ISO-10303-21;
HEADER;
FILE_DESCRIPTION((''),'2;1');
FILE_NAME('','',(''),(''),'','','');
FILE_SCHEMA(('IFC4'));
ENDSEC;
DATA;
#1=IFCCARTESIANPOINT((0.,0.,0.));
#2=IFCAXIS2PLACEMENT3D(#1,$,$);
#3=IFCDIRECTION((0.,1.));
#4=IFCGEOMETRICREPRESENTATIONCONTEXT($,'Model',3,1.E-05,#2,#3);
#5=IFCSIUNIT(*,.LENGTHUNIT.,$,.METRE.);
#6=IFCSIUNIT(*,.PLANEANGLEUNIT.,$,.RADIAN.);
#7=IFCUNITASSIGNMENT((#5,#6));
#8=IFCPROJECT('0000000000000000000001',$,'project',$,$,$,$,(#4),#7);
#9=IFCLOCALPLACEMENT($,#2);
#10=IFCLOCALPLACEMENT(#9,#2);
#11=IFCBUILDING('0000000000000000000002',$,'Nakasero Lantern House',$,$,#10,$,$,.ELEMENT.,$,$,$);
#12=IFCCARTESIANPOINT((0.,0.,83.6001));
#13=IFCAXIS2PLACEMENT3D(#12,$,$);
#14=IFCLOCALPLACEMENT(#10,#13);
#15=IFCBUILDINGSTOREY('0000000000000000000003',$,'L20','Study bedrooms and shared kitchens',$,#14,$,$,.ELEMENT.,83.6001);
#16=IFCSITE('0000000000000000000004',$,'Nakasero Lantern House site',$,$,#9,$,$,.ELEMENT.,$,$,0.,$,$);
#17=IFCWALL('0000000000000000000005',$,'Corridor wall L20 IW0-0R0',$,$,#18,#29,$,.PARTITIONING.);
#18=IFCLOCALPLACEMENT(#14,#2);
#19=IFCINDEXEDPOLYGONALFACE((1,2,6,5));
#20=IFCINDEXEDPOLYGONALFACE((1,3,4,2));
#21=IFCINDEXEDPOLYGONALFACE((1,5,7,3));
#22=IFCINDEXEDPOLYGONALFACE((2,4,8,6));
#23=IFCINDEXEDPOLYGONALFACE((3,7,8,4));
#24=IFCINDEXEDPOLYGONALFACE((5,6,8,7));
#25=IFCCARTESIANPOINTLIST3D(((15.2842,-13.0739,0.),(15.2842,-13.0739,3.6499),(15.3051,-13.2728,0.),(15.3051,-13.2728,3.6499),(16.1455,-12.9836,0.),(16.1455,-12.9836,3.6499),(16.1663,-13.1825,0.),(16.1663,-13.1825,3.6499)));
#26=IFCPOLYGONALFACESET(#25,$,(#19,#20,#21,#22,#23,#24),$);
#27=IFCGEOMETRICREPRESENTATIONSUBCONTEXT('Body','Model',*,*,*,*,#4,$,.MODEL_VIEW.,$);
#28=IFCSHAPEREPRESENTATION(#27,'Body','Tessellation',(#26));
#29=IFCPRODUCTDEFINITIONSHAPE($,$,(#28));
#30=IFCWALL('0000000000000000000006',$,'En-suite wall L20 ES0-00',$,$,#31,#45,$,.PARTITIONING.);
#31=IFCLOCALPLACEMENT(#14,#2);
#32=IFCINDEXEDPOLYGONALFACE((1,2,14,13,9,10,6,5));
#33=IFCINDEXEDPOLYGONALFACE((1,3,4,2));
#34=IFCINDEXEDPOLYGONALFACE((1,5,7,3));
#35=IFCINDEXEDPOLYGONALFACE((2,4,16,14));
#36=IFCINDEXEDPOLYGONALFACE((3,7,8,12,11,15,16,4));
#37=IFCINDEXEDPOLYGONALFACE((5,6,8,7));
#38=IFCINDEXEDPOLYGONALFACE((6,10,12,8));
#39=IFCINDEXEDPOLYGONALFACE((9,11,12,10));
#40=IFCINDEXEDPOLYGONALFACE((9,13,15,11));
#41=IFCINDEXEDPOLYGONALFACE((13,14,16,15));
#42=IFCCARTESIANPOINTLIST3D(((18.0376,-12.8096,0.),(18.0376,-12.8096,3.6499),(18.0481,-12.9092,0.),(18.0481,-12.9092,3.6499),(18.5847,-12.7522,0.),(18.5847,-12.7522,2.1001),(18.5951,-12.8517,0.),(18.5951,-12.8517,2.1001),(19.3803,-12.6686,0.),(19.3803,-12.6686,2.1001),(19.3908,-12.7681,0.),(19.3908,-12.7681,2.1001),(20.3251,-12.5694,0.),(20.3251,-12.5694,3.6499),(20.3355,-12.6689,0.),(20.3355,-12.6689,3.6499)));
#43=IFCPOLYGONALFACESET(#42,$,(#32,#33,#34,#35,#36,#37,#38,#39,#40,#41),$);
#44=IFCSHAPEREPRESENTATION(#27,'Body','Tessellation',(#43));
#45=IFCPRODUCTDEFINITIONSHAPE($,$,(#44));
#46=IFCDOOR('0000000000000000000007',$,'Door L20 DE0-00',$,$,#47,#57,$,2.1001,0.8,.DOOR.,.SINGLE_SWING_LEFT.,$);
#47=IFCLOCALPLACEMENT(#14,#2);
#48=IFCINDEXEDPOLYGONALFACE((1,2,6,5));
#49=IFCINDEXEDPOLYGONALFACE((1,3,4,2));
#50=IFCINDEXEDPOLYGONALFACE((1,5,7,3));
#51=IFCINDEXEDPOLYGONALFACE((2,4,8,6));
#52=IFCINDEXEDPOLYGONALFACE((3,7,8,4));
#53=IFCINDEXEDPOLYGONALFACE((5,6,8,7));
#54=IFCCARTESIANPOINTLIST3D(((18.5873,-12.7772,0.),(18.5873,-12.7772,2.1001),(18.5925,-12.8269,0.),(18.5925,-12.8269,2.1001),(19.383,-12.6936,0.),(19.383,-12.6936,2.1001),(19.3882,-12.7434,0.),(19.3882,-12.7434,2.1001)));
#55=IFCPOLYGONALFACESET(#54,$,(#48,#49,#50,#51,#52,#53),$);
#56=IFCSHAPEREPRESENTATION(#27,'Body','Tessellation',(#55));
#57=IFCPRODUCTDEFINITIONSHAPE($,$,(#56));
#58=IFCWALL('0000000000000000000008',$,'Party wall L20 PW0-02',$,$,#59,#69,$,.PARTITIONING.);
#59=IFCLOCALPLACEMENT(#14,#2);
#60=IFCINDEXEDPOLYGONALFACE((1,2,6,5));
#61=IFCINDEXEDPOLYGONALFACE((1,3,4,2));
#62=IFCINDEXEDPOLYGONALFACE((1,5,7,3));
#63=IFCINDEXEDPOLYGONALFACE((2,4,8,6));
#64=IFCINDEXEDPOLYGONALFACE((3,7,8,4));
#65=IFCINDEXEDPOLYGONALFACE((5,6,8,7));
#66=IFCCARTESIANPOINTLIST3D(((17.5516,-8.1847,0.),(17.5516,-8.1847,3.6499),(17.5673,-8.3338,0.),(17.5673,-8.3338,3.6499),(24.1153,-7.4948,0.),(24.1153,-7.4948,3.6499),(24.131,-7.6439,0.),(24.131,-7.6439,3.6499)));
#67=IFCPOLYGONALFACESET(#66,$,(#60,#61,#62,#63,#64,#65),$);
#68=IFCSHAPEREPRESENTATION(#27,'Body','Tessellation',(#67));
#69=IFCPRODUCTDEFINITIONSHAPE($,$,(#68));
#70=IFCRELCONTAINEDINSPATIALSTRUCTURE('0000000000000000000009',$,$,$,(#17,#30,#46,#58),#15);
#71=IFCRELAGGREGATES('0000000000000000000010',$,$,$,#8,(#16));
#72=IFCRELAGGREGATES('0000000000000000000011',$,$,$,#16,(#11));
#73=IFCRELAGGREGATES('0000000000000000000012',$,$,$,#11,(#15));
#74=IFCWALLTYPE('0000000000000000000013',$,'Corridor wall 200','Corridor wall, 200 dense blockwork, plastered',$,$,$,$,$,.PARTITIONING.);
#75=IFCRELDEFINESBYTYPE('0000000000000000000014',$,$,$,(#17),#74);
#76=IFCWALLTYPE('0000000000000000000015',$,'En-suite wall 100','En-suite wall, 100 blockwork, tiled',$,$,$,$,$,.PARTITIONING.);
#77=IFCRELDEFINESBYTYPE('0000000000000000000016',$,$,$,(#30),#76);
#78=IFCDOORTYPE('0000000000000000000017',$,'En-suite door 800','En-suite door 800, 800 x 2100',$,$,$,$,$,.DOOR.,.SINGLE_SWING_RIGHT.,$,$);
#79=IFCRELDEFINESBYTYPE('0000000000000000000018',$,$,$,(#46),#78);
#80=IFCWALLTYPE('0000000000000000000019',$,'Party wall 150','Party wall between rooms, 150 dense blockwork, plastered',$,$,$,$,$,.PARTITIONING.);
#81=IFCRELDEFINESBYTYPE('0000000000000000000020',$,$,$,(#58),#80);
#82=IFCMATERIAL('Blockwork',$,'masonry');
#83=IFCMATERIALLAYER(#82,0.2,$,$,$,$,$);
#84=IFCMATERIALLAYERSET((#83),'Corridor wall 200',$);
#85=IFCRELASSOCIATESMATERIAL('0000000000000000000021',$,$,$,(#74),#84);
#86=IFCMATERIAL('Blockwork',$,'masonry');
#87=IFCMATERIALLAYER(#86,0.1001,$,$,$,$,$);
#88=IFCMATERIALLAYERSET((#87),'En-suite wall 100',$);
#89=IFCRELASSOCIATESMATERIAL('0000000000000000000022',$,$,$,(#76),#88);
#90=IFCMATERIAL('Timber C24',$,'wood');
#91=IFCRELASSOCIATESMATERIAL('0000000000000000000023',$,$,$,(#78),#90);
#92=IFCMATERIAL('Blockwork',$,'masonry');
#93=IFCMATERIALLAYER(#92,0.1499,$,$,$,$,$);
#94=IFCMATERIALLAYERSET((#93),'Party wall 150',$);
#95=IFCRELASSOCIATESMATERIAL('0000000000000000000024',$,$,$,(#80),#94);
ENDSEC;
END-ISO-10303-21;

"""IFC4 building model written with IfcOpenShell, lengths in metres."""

from ifc_helpers import new_model, si_unit, direction, frame, frame_2d, origin, place, context, subcontext, project, spatial, rectangle, extrude, material, layer, layer_set, type_object, element, fill, save


model = new_model("IFC4")

# Units and contexts
model_context = context("Model", 3, precision=1e-05, world=origin(), true_north=direction((0.0, 1.0)))
body_context = subcontext(model_context, "Body", "Model", "MODEL_VIEW")
ifc_project = project(units=[si_unit("LENGTHUNIT", "METRE"), si_unit("PLANEANGLEUNIT", "RADIAN")], contexts=[model_context])

# Site, building, storey
site_placement = place(None, origin())
site = spatial("IfcSite", under=ifc_project, at=site_placement, Name="Nakasero Lantern House site", CompositionType="ELEMENT", RefElevation=0.0)
building_placement = place(site_placement, origin())
building = spatial("IfcBuilding", under=site, at=building_placement, Name="Nakasero Lantern House", CompositionType="ELEMENT")
storey_placement = place(building_placement, frame((0.0, 0.0, 83.6001)))
storey = spatial("IfcBuildingStorey", under=building, at=storey_placement, Name="L20", Description="Study bedrooms and shared kitchens", CompositionType="ELEMENT", Elevation=83.6001)

# Shared definitions
ifc_material_1 = material(Name="Blockwork", Category="masonry")
ifc_layer_1 = layer(ifc_material_1, 0.2)
ifc_layer_set_1 = layer_set([ifc_layer_1], Name="Corridor wall 200")
wall_type_1 = type_object("IfcWallType", Name="Corridor wall 200", Description="Corridor wall, 200 dense blockwork, plastered", PredefinedType="PARTITIONING", material=ifc_layer_set_1)

# Wall
wall_1_placement = place(storey_placement, frame((16.156, -13.083, 0.0), z_axis=(0.0, 0.0, 1.0), x_axis=(-0.994546, -0.104303, 0.0)))
element("IfcWall", 1, at=wall_1_placement, inside=storey, type_object=wall_type_1, Name="Corridor wall L20 IW0-0R0", PredefinedType="PARTITIONING", context=body_context, shape_type="SweptSolid", body=[
    extrude(rectangle(XDim=0.866, YDim=0.2, at=frame_2d((0.4331, 0.0))), origin(), (0.0, 0.0, 1.0), 3.6499),
])

# Wall, opening, door
ifc_material_2 = material(Name="Blockwork", Category="masonry")
ifc_layer_2 = layer(ifc_material_2, 0.1001)
ifc_layer_set_2 = layer_set([ifc_layer_2], Name="En-suite wall 100")
wall_type_2 = type_object("IfcWallType", Name="En-suite wall 100", Description="En-suite wall, 100 blockwork, tiled", PredefinedType="PARTITIONING", material=ifc_layer_set_2)
wall_2_placement = place(storey_placement, frame((18.043, -12.8594, 0.0), z_axis=(0.0, 0.0, 1.0), x_axis=(0.99453, 0.104453, 0.0)))
wall_2 = element("IfcWall", 2, at=wall_2_placement, inside=storey, type_object=wall_type_2, Name="En-suite wall L20 ES0-00", PredefinedType="PARTITIONING", context=body_context, shape_type="SweptSolid", body=[
    extrude(rectangle(XDim=2.3, YDim=0.1001, at=frame_2d((1.1499, 0.0))), origin(), (0.0, 0.0, 1.0), 3.6499),
])
opening_1_placement = place(wall_2_placement, frame((0.55, 0.0, 0.0)))
opening_1 = element("IfcOpeningElement", 3, at=opening_1_placement, cuts=wall_2, PredefinedType="OPENING", context=body_context, shape_type="SweptSolid", body=[
    extrude(rectangle(XDim=0.8, YDim=2.1001, at=frame_2d((0.3999, 1.05))), frame((0.0, 0.0701, 0.0), z_axis=(0.0, -1.0, 0.0), x_axis=(1.0, 0.0, 0.0)), (0.0, 0.0, 1.0), 0.1401),
])
ifc_material_3 = material(Name="Timber C24", Category="wood")
door_type_1 = type_object("IfcDoorType", Name="En-suite door 800", Description="En-suite door 800, 800 x 2100", OperationType="SINGLE_SWING_RIGHT", PredefinedType="DOOR", material=ifc_material_3)
door_1_placement = place(opening_1_placement, origin())
door_1 = element("IfcDoor", 4, at=door_1_placement, inside=storey, type_object=door_type_1, Name="Door L20 DE0-00", OperationType="SINGLE_SWING_LEFT", OverallHeight=2.1001, OverallWidth=0.8, PredefinedType="DOOR", context=body_context, shape_type="SweptSolid", body=[
    extrude(rectangle(XDim=0.8, YDim=2.1001, at=frame_2d((0.3999, 1.05))), frame((0.0, 0.0249, 0.0), z_axis=(0.0, -1.0, 0.0), x_axis=(1.0, 0.0, 0.0)), (0.0, 0.0, 1.0), 0.05),
])
fill(opening_1, door_1)

# Wall
ifc_material_4 = material(Name="Blockwork", Category="masonry")
ifc_layer_3 = layer(ifc_material_4, 0.1499)
ifc_layer_set_3 = layer_set([ifc_layer_3], Name="Party wall 150")
wall_type_3 = type_object("IfcWallType", Name="Party wall 150", Description="Party wall between rooms, 150 dense blockwork, plastered", PredefinedType="PARTITIONING", material=ifc_layer_set_3)
wall_3_placement = place(storey_placement, frame((17.5596, -8.2593, 0.0), z_axis=(0.0, 0.0, 1.0), x_axis=(0.994521, 0.104538, 0.0)))
element("IfcWall", 5, at=wall_3_placement, inside=storey, type_object=wall_type_3, Name="Party wall L20 PW0-02", PredefinedType="PARTITIONING", context=body_context, shape_type="SweptSolid", body=[
    extrude(rectangle(XDim=6.5999, YDim=0.1499, at=frame_2d((3.2998, 0.0))), origin(), (0.0, 0.0, 1.0), 3.6499),
])

save(model, "model.ifc")
